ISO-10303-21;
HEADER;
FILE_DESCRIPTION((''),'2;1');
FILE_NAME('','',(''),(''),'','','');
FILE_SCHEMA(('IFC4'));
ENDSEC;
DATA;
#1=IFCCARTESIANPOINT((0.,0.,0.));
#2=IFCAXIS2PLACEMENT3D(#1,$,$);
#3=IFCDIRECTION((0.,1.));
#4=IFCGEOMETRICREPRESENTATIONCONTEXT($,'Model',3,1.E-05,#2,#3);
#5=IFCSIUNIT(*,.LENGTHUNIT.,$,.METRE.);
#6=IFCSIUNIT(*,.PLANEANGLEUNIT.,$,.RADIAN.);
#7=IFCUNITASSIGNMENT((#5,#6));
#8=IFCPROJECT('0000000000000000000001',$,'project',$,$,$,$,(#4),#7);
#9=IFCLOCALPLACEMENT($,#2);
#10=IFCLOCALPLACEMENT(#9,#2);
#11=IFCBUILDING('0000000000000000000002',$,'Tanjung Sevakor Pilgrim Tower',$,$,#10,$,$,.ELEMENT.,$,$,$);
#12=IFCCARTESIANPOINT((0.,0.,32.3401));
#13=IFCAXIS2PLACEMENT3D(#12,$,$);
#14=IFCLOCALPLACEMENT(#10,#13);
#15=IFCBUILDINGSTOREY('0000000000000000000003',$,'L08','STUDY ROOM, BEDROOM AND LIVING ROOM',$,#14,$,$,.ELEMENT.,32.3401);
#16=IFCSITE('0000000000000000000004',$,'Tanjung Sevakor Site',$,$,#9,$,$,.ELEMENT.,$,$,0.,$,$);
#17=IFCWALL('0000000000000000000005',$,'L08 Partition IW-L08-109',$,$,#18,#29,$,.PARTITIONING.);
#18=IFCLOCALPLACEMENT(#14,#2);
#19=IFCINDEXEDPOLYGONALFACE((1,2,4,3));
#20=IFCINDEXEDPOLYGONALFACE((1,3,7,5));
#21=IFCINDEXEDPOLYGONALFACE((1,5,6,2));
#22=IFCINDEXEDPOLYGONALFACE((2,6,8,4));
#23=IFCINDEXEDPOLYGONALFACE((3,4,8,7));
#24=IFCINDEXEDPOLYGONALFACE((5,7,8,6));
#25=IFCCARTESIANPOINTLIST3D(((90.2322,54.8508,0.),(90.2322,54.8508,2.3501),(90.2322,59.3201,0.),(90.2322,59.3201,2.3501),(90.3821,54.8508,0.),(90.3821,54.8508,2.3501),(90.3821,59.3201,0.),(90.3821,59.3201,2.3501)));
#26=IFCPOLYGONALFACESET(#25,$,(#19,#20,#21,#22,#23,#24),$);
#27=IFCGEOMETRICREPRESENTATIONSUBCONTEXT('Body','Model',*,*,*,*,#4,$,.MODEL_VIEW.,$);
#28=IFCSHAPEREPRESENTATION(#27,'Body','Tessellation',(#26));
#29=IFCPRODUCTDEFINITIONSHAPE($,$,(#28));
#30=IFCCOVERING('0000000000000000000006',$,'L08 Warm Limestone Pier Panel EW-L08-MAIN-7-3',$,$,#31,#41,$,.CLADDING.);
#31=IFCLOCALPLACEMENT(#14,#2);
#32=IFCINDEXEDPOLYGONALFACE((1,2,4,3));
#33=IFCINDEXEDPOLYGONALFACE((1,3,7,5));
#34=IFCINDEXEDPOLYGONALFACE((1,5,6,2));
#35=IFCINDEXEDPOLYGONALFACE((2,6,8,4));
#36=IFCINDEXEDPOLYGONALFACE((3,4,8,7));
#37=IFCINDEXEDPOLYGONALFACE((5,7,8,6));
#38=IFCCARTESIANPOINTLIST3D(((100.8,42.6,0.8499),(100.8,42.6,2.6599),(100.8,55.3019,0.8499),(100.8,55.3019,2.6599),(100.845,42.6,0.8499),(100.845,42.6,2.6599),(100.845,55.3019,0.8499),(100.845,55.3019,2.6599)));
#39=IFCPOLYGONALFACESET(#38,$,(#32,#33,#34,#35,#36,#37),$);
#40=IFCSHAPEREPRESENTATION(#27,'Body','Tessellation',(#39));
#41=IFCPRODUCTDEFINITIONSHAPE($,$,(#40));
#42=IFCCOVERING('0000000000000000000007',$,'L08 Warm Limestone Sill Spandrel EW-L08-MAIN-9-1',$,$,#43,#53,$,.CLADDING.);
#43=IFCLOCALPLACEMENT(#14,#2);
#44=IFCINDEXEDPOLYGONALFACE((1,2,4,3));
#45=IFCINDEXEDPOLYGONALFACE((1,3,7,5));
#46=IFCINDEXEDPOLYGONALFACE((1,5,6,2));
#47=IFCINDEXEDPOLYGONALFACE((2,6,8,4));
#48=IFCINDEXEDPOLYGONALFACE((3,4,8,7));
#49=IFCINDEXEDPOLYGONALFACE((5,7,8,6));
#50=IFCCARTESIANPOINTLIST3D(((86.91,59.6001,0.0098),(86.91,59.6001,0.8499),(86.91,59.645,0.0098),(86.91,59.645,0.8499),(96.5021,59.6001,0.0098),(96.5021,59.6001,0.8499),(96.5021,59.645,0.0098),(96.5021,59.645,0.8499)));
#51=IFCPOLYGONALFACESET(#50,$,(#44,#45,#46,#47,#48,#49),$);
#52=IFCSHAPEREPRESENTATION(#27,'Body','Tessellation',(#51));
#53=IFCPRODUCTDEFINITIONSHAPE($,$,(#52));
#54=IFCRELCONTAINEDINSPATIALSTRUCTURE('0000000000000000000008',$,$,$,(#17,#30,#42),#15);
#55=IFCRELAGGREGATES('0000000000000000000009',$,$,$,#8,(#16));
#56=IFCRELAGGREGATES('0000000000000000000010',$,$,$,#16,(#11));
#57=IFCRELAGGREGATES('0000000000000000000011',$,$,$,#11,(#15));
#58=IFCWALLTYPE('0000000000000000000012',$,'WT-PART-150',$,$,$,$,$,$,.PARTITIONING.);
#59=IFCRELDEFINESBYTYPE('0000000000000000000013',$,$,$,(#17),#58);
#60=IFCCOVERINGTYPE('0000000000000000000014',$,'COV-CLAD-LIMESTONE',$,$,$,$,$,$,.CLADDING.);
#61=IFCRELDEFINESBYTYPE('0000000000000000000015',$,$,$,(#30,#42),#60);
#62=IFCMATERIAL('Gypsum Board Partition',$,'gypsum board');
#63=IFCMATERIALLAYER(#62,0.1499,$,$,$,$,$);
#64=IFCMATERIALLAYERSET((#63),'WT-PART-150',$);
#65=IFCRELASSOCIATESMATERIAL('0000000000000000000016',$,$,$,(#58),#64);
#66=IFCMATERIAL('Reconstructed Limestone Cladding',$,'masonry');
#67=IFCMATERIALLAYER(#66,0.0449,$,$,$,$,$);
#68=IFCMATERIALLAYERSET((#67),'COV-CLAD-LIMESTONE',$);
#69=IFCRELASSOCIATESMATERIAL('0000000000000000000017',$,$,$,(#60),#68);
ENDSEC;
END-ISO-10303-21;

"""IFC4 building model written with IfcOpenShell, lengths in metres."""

from ifc_helpers import new_model, si_unit, direction, frame, frame_2d, origin, origin_2d, place, context, subcontext, project, spatial, rectangle, extrude, material, layer, layer_set, type_object, element, save


model = new_model("IFC4")

# Units and contexts
model_context = context("Model", 3, precision=1e-05, world=origin(), true_north=direction((0.0, 1.0)))
body_context = subcontext(model_context, "Body", "Model", "MODEL_VIEW")
ifc_project = project(units=[si_unit("LENGTHUNIT", "METRE"), si_unit("PLANEANGLEUNIT", "RADIAN")], contexts=[model_context])

# Site, building, storey
site_placement = place(None, origin())
site = spatial("IfcSite", under=ifc_project, at=site_placement, Name="Tanjung Sevakor Site", CompositionType="ELEMENT", RefElevation=0.0)
building_placement = place(site_placement, origin())
building = spatial("IfcBuilding", under=site, at=building_placement, Name="Tanjung Sevakor Pilgrim Tower", CompositionType="ELEMENT")
storey_placement = place(building_placement, frame((0.0, 0.0, 32.3401)))
storey = spatial("IfcBuildingStorey", under=building, at=storey_placement, Name="L08", Description="STUDY ROOM, BEDROOM AND LIVING ROOM", CompositionType="ELEMENT", Elevation=32.3401)

# Shared definitions
ifc_material_1 = material(Name="Gypsum Board Partition", Category="gypsum board")
ifc_layer_1 = layer(ifc_material_1, 0.1499)
ifc_layer_set_1 = layer_set([ifc_layer_1], Name="WT-PART-150")
wall_type_1 = type_object("IfcWallType", Name="WT-PART-150", PredefinedType="PARTITIONING", material=ifc_layer_set_1)

# Wall
wall_1_placement = place(storey_placement, frame((90.3071, 54.8508, 0.0), z_axis=(0.0, 0.0, 1.0), x_axis=(0.0, 1.0, 0.0)))
element("IfcWall", 1, at=wall_1_placement, inside=storey, type_object=wall_type_1, Name="L08 Partition IW-L08-109", PredefinedType="PARTITIONING", context=body_context, shape_type="SweptSolid", body=[
    extrude(rectangle(XDim=4.4692, YDim=0.1499, at=frame_2d((2.2346, 0.0))), origin(), (0.0, 0.0, 1.0), 2.3501),
])

# Coverings
ifc_material_2 = material(Name="Reconstructed Limestone Cladding", Category="masonry")
ifc_layer_2 = layer(ifc_material_2, 0.0449)
ifc_layer_set_2 = layer_set([ifc_layer_2], Name="COV-CLAD-LIMESTONE")
covering_type = type_object("IfcCoveringType", Name="COV-CLAD-LIMESTONE", PredefinedType="CLADDING", material=ifc_layer_set_2)
covering_1_placement = place(storey_placement, frame((100.8225, 48.9509, 0.8499), z_axis=(0.0, 0.0, 1.0), x_axis=(0.0, 1.0, 0.0)))
element("IfcCovering", 2, at=covering_1_placement, inside=storey, type_object=covering_type, Name="L08 Warm Limestone Pier Panel EW-L08-MAIN-7-3", PredefinedType="CLADDING", context=body_context, shape_type="SweptSolid", body=[
    extrude(rectangle(XDim=12.7019, YDim=0.0449, at=origin_2d()), origin(), (0.0, 0.0, 1.0), 1.8101),
])
covering_2_placement = place(storey_placement, frame((91.7061, 59.6226, 0.0098), z_axis=(0.0, 0.0, 1.0), x_axis=(-1.0, 0.0, 0.0)))
element("IfcCovering", 3, at=covering_2_placement, inside=storey, type_object=covering_type, Name="L08 Warm Limestone Sill Spandrel EW-L08-MAIN-9-1", PredefinedType="CLADDING", context=body_context, shape_type="SweptSolid", body=[
    extrude(rectangle(XDim=9.592, YDim=0.0449, at=origin_2d()), origin(), (0.0, 0.0, 1.0), 0.8401),
])

save(model, "model.ifc")
